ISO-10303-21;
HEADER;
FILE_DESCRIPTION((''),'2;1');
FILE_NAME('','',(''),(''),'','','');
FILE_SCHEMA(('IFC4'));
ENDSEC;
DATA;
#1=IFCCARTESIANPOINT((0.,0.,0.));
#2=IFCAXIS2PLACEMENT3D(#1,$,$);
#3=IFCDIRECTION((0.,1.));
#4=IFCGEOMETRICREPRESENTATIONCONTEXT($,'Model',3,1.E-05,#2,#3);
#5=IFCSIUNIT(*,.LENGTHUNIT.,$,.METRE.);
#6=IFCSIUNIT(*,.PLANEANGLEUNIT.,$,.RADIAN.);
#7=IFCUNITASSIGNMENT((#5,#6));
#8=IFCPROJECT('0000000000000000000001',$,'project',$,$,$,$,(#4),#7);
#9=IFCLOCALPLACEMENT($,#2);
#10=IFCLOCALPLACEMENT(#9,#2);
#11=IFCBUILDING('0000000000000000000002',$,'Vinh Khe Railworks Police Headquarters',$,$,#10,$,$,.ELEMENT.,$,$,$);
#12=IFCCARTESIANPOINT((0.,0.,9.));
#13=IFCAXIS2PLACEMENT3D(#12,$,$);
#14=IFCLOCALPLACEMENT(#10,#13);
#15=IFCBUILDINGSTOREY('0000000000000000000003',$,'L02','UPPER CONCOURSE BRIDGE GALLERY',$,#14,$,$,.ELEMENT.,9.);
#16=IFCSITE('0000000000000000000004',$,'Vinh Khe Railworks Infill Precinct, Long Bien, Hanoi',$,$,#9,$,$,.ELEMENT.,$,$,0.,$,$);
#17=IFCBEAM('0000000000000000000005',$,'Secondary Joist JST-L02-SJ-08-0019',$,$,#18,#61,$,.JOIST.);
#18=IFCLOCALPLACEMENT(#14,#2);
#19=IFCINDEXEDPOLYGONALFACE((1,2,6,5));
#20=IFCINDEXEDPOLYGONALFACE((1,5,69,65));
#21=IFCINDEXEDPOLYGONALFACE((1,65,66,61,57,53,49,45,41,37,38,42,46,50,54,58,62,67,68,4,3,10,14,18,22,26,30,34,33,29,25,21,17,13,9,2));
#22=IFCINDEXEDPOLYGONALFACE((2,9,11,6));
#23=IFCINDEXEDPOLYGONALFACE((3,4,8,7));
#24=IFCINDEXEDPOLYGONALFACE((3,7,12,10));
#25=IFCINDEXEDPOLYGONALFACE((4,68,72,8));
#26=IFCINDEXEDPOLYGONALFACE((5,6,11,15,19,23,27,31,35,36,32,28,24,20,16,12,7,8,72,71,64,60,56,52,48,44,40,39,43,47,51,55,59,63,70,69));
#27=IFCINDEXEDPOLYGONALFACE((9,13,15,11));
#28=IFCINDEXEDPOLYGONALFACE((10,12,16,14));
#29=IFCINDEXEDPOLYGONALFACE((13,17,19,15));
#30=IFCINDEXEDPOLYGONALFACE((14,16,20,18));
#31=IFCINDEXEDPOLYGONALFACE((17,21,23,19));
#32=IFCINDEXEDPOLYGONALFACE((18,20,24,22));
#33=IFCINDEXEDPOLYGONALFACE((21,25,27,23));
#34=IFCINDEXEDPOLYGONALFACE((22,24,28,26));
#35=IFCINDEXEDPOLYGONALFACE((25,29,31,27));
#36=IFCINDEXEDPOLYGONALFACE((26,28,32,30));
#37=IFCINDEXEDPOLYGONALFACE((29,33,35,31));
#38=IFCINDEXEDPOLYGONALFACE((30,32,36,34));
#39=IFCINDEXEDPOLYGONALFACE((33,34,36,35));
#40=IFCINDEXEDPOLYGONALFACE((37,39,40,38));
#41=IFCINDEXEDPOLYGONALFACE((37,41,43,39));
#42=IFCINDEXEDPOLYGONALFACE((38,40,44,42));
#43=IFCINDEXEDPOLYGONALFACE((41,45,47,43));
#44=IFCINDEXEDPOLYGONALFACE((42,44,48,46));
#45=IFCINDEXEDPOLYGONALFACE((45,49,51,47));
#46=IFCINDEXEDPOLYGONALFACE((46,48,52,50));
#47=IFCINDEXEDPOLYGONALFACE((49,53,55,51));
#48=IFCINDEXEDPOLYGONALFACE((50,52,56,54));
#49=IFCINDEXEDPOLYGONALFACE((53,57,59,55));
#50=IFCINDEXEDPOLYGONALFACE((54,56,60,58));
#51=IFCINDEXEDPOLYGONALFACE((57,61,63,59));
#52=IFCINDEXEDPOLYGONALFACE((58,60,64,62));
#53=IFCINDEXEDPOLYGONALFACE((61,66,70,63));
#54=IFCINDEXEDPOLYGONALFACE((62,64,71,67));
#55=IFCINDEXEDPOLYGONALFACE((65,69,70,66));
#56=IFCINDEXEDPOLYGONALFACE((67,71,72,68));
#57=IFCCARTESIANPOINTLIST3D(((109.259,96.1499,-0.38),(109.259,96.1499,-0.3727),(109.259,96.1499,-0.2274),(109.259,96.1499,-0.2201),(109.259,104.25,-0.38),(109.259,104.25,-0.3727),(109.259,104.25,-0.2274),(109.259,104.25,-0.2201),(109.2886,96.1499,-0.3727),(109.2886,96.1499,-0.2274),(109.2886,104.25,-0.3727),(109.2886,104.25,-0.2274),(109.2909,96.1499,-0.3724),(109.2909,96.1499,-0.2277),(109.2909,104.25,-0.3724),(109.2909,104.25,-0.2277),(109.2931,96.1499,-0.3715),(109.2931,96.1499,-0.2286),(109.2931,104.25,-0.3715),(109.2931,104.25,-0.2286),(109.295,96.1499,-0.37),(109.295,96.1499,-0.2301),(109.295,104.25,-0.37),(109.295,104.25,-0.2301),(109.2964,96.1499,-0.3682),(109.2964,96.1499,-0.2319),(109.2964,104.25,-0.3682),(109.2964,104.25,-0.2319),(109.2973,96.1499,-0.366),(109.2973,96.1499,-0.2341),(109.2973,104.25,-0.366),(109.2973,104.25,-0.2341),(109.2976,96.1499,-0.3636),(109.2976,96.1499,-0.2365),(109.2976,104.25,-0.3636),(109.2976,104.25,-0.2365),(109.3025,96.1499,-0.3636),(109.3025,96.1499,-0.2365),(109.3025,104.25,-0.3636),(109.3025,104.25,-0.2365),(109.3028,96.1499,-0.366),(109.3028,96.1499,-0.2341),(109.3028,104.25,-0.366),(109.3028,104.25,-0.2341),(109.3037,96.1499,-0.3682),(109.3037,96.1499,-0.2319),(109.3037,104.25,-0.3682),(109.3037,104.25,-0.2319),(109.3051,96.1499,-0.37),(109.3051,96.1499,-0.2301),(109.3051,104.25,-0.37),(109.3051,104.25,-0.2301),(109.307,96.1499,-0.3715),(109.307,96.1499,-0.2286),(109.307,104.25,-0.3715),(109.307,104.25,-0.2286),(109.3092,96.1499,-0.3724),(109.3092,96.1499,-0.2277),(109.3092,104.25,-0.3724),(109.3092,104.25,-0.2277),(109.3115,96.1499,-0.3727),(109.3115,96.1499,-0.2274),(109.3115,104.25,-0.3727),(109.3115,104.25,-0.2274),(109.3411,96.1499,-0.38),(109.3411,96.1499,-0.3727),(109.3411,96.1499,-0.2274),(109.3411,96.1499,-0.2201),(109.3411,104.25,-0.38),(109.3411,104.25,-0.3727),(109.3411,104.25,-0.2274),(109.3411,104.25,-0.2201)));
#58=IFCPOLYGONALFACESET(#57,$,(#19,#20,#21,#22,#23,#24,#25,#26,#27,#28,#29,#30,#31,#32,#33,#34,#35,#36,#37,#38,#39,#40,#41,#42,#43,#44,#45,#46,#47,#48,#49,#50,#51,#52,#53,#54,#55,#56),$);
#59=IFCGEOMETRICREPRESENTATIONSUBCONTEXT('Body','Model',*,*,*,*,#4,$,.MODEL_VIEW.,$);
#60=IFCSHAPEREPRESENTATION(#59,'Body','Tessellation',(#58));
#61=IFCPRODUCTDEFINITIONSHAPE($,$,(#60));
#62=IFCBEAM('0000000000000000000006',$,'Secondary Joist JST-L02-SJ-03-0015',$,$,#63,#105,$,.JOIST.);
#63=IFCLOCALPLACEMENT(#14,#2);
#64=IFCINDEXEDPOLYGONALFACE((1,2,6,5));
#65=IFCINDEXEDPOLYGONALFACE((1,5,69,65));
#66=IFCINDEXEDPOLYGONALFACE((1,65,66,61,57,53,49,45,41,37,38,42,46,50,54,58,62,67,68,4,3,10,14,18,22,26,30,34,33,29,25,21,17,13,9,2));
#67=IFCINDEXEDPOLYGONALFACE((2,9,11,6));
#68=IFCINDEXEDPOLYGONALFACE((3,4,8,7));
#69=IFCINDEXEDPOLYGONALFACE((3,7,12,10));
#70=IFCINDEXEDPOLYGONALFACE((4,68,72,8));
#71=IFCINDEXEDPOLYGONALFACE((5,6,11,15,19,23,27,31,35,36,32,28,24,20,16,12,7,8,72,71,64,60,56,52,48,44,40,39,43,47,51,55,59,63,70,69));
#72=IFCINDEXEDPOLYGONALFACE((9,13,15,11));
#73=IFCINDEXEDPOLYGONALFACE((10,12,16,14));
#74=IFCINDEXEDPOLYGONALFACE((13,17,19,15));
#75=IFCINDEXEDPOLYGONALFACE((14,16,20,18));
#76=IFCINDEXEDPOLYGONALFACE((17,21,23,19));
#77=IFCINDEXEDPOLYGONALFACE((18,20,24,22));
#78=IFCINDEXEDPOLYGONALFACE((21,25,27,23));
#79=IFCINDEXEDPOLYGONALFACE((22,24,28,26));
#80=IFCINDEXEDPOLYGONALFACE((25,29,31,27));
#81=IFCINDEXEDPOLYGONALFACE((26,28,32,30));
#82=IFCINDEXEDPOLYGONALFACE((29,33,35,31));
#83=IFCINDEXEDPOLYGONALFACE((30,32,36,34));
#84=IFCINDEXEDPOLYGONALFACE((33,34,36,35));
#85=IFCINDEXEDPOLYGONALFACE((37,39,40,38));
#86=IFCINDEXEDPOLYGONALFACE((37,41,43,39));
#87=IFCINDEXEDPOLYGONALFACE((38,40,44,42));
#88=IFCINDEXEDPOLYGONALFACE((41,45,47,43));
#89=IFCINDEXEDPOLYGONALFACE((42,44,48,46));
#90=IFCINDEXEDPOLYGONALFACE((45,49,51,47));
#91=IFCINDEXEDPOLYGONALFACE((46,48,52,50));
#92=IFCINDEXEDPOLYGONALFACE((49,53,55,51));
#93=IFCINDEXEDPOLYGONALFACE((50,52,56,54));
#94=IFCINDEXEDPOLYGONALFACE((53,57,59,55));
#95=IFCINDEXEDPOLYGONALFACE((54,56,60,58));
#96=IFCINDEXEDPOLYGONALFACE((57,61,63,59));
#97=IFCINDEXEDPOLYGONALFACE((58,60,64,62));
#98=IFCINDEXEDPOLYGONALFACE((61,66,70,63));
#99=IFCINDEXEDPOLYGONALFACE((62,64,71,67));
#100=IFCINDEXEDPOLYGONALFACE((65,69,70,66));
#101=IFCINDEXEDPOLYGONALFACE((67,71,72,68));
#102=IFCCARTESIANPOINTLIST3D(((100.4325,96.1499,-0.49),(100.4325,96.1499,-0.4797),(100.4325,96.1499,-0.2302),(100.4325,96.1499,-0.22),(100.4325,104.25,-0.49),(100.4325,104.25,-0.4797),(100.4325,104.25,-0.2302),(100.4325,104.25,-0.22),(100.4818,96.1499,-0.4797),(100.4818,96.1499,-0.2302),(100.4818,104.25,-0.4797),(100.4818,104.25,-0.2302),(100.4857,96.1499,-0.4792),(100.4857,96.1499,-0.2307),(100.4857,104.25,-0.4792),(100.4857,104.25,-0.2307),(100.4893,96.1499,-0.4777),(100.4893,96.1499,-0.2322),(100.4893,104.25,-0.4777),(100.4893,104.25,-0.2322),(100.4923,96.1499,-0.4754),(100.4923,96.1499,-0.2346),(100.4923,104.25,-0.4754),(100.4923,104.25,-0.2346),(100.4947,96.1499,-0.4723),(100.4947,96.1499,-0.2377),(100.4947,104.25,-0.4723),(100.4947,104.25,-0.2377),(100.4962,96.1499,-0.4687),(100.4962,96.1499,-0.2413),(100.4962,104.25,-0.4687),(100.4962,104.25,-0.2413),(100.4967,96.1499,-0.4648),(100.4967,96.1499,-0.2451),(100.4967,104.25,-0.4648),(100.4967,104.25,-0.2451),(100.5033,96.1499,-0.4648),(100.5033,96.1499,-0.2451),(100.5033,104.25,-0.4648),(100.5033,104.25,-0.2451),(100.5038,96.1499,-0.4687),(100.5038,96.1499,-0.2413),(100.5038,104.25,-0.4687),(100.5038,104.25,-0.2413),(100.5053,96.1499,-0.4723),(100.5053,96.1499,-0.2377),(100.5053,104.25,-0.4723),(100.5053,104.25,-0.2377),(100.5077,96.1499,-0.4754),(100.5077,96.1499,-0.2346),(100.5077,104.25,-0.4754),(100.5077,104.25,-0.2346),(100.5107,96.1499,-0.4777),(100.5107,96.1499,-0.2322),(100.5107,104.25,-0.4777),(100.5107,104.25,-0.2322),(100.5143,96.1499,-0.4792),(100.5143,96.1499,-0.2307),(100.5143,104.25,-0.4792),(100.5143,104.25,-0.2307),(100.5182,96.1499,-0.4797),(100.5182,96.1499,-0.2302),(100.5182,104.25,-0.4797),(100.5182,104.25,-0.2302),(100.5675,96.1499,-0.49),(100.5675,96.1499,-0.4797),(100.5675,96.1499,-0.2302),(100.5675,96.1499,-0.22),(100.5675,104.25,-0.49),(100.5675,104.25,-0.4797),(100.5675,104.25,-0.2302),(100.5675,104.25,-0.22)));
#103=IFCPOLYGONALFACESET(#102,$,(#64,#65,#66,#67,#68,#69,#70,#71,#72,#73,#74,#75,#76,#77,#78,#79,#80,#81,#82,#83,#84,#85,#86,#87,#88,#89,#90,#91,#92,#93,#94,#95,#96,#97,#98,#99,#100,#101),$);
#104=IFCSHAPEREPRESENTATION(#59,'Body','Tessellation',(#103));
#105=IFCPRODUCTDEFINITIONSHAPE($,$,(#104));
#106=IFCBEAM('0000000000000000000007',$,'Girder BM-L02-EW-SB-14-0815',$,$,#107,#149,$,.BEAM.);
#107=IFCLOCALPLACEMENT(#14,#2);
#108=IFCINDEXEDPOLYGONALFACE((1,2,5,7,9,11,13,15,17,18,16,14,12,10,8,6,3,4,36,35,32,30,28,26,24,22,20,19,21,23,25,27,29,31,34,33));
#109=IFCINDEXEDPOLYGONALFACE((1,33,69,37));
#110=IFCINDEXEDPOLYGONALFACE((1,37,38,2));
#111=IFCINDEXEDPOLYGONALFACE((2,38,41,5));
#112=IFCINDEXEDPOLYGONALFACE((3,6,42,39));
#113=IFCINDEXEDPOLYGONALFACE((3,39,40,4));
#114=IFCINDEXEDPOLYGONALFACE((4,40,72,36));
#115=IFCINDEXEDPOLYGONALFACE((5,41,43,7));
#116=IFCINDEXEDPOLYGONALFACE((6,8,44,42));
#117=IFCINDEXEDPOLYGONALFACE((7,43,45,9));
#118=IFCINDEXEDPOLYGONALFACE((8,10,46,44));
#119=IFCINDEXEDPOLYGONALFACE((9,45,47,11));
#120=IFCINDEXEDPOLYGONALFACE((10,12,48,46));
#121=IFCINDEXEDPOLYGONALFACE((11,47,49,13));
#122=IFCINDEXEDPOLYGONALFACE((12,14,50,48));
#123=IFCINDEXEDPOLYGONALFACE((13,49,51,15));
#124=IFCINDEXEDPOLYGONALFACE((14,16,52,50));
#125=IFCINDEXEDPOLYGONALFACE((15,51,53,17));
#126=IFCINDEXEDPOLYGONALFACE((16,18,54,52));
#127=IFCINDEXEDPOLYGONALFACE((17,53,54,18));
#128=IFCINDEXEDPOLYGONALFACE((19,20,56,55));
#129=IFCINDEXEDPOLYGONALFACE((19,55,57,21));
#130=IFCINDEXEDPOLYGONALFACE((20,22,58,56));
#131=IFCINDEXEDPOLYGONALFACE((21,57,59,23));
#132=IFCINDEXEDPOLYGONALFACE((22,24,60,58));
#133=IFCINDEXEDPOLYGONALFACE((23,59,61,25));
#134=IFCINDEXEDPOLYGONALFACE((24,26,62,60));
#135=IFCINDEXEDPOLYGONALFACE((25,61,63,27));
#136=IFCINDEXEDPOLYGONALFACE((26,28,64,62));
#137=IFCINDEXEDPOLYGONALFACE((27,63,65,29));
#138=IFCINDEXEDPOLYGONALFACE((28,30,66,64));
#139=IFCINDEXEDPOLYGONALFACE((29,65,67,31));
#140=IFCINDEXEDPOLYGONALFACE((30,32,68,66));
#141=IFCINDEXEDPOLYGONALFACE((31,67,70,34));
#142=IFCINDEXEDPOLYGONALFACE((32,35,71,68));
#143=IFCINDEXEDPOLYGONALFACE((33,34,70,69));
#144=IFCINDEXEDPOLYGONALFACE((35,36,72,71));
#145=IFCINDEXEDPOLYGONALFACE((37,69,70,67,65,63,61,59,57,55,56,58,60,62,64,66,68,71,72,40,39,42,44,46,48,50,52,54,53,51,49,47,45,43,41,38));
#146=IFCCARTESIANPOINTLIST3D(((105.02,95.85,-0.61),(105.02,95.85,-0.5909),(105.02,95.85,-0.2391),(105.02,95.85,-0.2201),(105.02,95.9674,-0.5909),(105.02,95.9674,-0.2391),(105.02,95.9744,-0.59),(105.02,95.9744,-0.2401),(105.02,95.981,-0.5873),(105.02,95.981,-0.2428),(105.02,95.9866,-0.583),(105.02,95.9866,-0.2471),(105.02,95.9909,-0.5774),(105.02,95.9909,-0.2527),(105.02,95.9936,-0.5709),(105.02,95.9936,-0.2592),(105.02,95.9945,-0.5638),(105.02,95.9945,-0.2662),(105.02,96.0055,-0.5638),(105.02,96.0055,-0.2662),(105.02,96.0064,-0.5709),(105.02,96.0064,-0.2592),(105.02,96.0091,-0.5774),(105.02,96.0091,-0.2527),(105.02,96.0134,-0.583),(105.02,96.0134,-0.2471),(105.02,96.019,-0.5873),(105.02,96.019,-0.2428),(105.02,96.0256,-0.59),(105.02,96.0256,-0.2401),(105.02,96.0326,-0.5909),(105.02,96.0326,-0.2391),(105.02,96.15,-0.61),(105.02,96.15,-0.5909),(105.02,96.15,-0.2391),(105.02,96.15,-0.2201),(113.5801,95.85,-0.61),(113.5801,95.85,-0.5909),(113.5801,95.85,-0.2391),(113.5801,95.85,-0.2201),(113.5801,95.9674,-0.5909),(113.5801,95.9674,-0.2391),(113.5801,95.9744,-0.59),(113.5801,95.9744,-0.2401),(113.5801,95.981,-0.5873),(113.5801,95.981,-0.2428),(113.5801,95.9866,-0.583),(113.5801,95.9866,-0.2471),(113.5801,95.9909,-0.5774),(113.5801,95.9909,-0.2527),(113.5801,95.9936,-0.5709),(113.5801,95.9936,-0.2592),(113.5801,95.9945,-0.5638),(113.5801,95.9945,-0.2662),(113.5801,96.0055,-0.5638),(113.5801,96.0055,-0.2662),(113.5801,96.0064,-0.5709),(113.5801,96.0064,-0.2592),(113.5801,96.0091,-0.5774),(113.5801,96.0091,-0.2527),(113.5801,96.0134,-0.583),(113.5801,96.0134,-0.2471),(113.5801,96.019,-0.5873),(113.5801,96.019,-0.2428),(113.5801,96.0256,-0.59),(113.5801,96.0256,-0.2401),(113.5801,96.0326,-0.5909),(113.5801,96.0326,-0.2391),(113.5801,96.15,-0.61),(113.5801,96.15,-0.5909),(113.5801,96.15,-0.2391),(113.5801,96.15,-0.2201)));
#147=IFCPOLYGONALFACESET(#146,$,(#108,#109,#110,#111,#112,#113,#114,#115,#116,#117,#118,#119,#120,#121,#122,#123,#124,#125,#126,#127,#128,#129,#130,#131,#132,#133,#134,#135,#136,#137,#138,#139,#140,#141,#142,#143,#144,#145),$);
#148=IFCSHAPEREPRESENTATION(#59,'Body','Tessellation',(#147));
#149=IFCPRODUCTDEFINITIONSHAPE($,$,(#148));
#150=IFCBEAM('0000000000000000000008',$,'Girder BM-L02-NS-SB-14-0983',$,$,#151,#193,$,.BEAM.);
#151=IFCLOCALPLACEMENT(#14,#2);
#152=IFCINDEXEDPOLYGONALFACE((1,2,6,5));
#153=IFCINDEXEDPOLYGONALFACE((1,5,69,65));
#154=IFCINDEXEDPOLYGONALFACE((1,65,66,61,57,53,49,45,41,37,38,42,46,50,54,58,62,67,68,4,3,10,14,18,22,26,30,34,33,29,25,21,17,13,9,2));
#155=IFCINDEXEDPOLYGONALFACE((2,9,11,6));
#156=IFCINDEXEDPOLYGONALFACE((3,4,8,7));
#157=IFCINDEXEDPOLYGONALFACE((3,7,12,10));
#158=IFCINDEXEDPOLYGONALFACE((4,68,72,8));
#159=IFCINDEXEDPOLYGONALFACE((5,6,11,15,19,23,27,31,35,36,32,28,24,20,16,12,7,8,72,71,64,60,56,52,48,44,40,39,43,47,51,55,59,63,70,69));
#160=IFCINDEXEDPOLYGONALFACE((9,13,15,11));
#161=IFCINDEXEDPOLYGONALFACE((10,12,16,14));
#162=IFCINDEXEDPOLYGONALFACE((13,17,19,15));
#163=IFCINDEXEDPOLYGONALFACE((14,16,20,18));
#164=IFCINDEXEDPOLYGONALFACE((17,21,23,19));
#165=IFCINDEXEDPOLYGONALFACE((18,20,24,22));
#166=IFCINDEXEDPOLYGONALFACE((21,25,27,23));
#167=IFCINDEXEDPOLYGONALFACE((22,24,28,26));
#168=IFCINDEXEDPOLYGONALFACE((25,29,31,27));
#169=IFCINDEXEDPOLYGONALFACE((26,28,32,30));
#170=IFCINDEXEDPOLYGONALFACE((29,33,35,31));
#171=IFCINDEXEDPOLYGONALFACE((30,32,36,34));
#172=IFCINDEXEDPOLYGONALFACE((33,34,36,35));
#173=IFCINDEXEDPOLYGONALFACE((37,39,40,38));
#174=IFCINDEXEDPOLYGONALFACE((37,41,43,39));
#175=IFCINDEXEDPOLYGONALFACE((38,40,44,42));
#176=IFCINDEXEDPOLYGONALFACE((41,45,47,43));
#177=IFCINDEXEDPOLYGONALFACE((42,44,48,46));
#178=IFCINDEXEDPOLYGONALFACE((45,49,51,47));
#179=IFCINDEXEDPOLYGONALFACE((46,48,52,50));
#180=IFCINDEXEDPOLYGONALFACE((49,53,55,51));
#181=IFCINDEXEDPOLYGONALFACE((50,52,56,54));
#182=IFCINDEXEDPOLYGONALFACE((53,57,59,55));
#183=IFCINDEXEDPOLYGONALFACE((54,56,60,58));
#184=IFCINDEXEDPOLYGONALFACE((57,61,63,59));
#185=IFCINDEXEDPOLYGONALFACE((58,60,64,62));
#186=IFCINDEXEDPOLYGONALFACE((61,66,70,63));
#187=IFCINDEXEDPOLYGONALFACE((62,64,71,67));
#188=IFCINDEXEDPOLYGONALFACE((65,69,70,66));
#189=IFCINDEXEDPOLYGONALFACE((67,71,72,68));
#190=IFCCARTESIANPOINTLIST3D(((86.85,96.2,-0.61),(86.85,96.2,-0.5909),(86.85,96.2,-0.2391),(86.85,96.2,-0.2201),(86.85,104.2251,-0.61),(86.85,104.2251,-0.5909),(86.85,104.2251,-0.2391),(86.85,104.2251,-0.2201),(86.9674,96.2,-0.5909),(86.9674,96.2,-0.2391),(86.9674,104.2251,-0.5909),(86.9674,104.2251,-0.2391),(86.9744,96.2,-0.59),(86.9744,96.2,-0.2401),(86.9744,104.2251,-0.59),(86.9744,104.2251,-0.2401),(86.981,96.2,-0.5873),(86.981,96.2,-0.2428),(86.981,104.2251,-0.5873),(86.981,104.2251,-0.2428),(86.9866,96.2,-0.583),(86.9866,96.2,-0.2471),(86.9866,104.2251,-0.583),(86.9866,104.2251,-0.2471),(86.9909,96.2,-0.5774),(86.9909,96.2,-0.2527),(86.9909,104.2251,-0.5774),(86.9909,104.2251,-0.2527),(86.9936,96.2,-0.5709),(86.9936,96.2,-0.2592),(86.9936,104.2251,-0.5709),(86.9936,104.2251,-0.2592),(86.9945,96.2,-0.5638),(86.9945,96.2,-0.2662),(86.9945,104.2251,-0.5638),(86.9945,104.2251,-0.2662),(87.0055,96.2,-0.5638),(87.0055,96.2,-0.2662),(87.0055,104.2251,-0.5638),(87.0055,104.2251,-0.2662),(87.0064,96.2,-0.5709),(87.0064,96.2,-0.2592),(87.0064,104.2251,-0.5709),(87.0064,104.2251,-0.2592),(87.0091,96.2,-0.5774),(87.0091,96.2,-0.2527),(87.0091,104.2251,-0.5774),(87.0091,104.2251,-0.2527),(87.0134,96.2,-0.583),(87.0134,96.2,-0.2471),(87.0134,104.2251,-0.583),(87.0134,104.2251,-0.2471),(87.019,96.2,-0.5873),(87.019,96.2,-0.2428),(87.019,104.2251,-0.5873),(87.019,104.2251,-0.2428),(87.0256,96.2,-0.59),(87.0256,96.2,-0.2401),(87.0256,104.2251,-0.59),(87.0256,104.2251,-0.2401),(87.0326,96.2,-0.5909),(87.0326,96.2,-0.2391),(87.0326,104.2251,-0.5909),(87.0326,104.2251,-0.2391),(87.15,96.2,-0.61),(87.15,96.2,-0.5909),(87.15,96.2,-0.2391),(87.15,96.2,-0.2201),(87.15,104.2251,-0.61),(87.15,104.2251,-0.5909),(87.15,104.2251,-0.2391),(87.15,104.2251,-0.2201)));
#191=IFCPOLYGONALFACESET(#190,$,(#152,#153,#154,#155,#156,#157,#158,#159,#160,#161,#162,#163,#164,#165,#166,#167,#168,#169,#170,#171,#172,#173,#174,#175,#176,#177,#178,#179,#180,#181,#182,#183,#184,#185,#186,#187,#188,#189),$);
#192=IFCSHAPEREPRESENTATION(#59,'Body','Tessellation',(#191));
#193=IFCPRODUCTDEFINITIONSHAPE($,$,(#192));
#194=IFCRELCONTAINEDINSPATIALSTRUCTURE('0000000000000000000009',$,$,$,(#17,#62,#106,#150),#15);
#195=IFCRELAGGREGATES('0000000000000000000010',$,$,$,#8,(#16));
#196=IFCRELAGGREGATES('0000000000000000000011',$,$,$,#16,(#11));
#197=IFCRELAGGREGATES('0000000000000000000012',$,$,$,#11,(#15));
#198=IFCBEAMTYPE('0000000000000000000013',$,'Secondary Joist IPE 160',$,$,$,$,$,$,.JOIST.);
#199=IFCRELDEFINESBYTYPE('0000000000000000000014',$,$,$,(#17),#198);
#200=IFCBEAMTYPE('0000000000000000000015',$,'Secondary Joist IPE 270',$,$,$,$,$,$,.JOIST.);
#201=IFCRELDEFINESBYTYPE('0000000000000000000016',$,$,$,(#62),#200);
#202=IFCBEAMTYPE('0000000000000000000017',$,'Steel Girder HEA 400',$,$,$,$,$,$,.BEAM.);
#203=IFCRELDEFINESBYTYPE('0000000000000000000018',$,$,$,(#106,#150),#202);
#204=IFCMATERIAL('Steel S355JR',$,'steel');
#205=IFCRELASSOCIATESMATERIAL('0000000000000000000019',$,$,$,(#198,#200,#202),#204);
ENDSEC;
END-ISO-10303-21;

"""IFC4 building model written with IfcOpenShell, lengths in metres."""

from ifc_helpers import new_model, si_unit, direction, frame, origin, origin_2d, place, context, subcontext, project, spatial, i_section, extrude, material, material_profile, profile_set, type_object, element, save


model = new_model("IFC4")

# Units and contexts
model_context = context("Model", 3, precision=1e-05, world=origin(), true_north=direction((0.0, 1.0)))
body_context = subcontext(model_context, "Body", "Model", "MODEL_VIEW")
ifc_project = project(units=[si_unit("LENGTHUNIT", "METRE"), si_unit("PLANEANGLEUNIT", "RADIAN")], contexts=[model_context])

# Site, building, storey
site_placement = place(None, origin())
site = spatial("IfcSite", under=ifc_project, at=site_placement, Name="Vinh Khe Railworks Infill Precinct, Long Bien, Hanoi", CompositionType="ELEMENT", RefElevation=0.0)
building_placement = place(site_placement, origin())
building = spatial("IfcBuilding", under=site, at=building_placement, Name="Vinh Khe Railworks Police Headquarters", CompositionType="ELEMENT")
storey_placement = place(building_placement, frame((0.0, 0.0, 9.0)))
storey = spatial("IfcBuildingStorey", under=building, at=storey_placement, Name="L02", Description="UPPER CONCOURSE BRIDGE GALLERY", CompositionType="ELEMENT", Elevation=9.0)

# Shared definitions
ifc_material_1 = material(Name="Steel S355JR", Category="steel")

# Beams
ifc_material_profile_1 = material_profile(ifc_material_1, i_section(OverallWidth=0.082, OverallDepth=0.1599, WebThickness=0.0049, FlangeThickness=0.0073, FilletRadius=0.009, at=origin_2d()), Name="IPE 160")
ifc_profile_set_1 = profile_set([ifc_material_profile_1], Name="Steel S355JR")
beam_type_1 = type_object("IfcBeamType", Name="Secondary Joist IPE 160", PredefinedType="JOIST", material=ifc_profile_set_1)
for number, where, z_axis, x_axis, name in (
    (1, (109.3, 96.1499, -0.3), (0.0, 1.0, 0.0), (-1.0, 0.0, 0.0), "Secondary Joist JST-L02-SJ-08-0019"),
):
    element("IfcBeam", number, at=place(storey_placement, frame(where, z_axis=z_axis, x_axis=x_axis)), inside=storey, type_object=beam_type_1, Name=name, PredefinedType="JOIST", context=body_context, shape_type="SweptSolid", body=[
        extrude(i_section(OverallWidth=0.082, OverallDepth=0.1599, WebThickness=0.0049, FlangeThickness=0.0073, FilletRadius=0.009, at=origin_2d()), origin(), (0.0, 0.0, 1.0), 8.1001),
    ])
ifc_material_profile_2 = material_profile(ifc_material_1, i_section(OverallWidth=0.135, OverallDepth=0.27, WebThickness=0.0066, FlangeThickness=0.0103, FilletRadius=0.0149, at=origin_2d()), Name="IPE 270")
ifc_profile_set_2 = profile_set([ifc_material_profile_2], Name="Steel S355JR")
beam_type_2 = type_object("IfcBeamType", Name="Secondary Joist IPE 270", PredefinedType="JOIST", material=ifc_profile_set_2)
beam_1_placement = place(storey_placement, frame((100.5, 96.1499, -0.355), z_axis=(0.0, 1.0, 0.0), x_axis=(-1.0, 0.0, 0.0)))
element("IfcBeam", 2, at=beam_1_placement, inside=storey, type_object=beam_type_2, Name="Secondary Joist JST-L02-SJ-03-0015", PredefinedType="JOIST", context=body_context, shape_type="SweptSolid", body=[
    extrude(i_section(OverallWidth=0.135, OverallDepth=0.27, WebThickness=0.0066, FlangeThickness=0.0103, FilletRadius=0.0149, at=origin_2d()), origin(), (0.0, 0.0, 1.0), 8.1001),
])
ifc_material_profile_3 = material_profile(ifc_material_1, i_section(OverallWidth=0.3, OverallDepth=0.3899, WebThickness=0.011, FlangeThickness=0.019, FilletRadius=0.0271, at=origin_2d()), Name="HEA 400")
ifc_profile_set_3 = profile_set([ifc_material_profile_3], Name="Steel S355JR")
beam_type_3 = type_object("IfcBeamType", Name="Steel Girder HEA 400", PredefinedType="BEAM", material=ifc_profile_set_3)
beam_2_placement = place(storey_placement, frame((105.02, 96.0, -0.415), z_axis=(1.0, 0.0, 0.0), x_axis=(0.0, 1.0, 0.0)))
element("IfcBeam", 3, at=beam_2_placement, inside=storey, type_object=beam_type_3, Name="Girder BM-L02-EW-SB-14-0815", PredefinedType="BEAM", context=body_context, shape_type="SweptSolid", body=[
    extrude(i_section(OverallWidth=0.3, OverallDepth=0.3899, WebThickness=0.011, FlangeThickness=0.019, FilletRadius=0.0271, at=origin_2d()), origin(), (0.0, 0.0, 1.0), 8.5601),
])
for number, where, z_axis, x_axis, name in (
    (4, (87.0, 96.2, -0.415), (0.0, 1.0, 0.0), (-1.0, 0.0, 0.0), "Girder BM-L02-NS-SB-14-0983"),
):
    element("IfcBeam", number, at=place(storey_placement, frame(where, z_axis=z_axis, x_axis=x_axis)), inside=storey, type_object=beam_type_3, Name=name, PredefinedType="BEAM", context=body_context, shape_type="SweptSolid", body=[
        extrude(i_section(OverallWidth=0.3, OverallDepth=0.3899, WebThickness=0.011, FlangeThickness=0.019, FilletRadius=0.0271, at=origin_2d()), origin(), (0.0, 0.0, 1.0), 8.0251),
    ])

save(model, "model.ifc")
